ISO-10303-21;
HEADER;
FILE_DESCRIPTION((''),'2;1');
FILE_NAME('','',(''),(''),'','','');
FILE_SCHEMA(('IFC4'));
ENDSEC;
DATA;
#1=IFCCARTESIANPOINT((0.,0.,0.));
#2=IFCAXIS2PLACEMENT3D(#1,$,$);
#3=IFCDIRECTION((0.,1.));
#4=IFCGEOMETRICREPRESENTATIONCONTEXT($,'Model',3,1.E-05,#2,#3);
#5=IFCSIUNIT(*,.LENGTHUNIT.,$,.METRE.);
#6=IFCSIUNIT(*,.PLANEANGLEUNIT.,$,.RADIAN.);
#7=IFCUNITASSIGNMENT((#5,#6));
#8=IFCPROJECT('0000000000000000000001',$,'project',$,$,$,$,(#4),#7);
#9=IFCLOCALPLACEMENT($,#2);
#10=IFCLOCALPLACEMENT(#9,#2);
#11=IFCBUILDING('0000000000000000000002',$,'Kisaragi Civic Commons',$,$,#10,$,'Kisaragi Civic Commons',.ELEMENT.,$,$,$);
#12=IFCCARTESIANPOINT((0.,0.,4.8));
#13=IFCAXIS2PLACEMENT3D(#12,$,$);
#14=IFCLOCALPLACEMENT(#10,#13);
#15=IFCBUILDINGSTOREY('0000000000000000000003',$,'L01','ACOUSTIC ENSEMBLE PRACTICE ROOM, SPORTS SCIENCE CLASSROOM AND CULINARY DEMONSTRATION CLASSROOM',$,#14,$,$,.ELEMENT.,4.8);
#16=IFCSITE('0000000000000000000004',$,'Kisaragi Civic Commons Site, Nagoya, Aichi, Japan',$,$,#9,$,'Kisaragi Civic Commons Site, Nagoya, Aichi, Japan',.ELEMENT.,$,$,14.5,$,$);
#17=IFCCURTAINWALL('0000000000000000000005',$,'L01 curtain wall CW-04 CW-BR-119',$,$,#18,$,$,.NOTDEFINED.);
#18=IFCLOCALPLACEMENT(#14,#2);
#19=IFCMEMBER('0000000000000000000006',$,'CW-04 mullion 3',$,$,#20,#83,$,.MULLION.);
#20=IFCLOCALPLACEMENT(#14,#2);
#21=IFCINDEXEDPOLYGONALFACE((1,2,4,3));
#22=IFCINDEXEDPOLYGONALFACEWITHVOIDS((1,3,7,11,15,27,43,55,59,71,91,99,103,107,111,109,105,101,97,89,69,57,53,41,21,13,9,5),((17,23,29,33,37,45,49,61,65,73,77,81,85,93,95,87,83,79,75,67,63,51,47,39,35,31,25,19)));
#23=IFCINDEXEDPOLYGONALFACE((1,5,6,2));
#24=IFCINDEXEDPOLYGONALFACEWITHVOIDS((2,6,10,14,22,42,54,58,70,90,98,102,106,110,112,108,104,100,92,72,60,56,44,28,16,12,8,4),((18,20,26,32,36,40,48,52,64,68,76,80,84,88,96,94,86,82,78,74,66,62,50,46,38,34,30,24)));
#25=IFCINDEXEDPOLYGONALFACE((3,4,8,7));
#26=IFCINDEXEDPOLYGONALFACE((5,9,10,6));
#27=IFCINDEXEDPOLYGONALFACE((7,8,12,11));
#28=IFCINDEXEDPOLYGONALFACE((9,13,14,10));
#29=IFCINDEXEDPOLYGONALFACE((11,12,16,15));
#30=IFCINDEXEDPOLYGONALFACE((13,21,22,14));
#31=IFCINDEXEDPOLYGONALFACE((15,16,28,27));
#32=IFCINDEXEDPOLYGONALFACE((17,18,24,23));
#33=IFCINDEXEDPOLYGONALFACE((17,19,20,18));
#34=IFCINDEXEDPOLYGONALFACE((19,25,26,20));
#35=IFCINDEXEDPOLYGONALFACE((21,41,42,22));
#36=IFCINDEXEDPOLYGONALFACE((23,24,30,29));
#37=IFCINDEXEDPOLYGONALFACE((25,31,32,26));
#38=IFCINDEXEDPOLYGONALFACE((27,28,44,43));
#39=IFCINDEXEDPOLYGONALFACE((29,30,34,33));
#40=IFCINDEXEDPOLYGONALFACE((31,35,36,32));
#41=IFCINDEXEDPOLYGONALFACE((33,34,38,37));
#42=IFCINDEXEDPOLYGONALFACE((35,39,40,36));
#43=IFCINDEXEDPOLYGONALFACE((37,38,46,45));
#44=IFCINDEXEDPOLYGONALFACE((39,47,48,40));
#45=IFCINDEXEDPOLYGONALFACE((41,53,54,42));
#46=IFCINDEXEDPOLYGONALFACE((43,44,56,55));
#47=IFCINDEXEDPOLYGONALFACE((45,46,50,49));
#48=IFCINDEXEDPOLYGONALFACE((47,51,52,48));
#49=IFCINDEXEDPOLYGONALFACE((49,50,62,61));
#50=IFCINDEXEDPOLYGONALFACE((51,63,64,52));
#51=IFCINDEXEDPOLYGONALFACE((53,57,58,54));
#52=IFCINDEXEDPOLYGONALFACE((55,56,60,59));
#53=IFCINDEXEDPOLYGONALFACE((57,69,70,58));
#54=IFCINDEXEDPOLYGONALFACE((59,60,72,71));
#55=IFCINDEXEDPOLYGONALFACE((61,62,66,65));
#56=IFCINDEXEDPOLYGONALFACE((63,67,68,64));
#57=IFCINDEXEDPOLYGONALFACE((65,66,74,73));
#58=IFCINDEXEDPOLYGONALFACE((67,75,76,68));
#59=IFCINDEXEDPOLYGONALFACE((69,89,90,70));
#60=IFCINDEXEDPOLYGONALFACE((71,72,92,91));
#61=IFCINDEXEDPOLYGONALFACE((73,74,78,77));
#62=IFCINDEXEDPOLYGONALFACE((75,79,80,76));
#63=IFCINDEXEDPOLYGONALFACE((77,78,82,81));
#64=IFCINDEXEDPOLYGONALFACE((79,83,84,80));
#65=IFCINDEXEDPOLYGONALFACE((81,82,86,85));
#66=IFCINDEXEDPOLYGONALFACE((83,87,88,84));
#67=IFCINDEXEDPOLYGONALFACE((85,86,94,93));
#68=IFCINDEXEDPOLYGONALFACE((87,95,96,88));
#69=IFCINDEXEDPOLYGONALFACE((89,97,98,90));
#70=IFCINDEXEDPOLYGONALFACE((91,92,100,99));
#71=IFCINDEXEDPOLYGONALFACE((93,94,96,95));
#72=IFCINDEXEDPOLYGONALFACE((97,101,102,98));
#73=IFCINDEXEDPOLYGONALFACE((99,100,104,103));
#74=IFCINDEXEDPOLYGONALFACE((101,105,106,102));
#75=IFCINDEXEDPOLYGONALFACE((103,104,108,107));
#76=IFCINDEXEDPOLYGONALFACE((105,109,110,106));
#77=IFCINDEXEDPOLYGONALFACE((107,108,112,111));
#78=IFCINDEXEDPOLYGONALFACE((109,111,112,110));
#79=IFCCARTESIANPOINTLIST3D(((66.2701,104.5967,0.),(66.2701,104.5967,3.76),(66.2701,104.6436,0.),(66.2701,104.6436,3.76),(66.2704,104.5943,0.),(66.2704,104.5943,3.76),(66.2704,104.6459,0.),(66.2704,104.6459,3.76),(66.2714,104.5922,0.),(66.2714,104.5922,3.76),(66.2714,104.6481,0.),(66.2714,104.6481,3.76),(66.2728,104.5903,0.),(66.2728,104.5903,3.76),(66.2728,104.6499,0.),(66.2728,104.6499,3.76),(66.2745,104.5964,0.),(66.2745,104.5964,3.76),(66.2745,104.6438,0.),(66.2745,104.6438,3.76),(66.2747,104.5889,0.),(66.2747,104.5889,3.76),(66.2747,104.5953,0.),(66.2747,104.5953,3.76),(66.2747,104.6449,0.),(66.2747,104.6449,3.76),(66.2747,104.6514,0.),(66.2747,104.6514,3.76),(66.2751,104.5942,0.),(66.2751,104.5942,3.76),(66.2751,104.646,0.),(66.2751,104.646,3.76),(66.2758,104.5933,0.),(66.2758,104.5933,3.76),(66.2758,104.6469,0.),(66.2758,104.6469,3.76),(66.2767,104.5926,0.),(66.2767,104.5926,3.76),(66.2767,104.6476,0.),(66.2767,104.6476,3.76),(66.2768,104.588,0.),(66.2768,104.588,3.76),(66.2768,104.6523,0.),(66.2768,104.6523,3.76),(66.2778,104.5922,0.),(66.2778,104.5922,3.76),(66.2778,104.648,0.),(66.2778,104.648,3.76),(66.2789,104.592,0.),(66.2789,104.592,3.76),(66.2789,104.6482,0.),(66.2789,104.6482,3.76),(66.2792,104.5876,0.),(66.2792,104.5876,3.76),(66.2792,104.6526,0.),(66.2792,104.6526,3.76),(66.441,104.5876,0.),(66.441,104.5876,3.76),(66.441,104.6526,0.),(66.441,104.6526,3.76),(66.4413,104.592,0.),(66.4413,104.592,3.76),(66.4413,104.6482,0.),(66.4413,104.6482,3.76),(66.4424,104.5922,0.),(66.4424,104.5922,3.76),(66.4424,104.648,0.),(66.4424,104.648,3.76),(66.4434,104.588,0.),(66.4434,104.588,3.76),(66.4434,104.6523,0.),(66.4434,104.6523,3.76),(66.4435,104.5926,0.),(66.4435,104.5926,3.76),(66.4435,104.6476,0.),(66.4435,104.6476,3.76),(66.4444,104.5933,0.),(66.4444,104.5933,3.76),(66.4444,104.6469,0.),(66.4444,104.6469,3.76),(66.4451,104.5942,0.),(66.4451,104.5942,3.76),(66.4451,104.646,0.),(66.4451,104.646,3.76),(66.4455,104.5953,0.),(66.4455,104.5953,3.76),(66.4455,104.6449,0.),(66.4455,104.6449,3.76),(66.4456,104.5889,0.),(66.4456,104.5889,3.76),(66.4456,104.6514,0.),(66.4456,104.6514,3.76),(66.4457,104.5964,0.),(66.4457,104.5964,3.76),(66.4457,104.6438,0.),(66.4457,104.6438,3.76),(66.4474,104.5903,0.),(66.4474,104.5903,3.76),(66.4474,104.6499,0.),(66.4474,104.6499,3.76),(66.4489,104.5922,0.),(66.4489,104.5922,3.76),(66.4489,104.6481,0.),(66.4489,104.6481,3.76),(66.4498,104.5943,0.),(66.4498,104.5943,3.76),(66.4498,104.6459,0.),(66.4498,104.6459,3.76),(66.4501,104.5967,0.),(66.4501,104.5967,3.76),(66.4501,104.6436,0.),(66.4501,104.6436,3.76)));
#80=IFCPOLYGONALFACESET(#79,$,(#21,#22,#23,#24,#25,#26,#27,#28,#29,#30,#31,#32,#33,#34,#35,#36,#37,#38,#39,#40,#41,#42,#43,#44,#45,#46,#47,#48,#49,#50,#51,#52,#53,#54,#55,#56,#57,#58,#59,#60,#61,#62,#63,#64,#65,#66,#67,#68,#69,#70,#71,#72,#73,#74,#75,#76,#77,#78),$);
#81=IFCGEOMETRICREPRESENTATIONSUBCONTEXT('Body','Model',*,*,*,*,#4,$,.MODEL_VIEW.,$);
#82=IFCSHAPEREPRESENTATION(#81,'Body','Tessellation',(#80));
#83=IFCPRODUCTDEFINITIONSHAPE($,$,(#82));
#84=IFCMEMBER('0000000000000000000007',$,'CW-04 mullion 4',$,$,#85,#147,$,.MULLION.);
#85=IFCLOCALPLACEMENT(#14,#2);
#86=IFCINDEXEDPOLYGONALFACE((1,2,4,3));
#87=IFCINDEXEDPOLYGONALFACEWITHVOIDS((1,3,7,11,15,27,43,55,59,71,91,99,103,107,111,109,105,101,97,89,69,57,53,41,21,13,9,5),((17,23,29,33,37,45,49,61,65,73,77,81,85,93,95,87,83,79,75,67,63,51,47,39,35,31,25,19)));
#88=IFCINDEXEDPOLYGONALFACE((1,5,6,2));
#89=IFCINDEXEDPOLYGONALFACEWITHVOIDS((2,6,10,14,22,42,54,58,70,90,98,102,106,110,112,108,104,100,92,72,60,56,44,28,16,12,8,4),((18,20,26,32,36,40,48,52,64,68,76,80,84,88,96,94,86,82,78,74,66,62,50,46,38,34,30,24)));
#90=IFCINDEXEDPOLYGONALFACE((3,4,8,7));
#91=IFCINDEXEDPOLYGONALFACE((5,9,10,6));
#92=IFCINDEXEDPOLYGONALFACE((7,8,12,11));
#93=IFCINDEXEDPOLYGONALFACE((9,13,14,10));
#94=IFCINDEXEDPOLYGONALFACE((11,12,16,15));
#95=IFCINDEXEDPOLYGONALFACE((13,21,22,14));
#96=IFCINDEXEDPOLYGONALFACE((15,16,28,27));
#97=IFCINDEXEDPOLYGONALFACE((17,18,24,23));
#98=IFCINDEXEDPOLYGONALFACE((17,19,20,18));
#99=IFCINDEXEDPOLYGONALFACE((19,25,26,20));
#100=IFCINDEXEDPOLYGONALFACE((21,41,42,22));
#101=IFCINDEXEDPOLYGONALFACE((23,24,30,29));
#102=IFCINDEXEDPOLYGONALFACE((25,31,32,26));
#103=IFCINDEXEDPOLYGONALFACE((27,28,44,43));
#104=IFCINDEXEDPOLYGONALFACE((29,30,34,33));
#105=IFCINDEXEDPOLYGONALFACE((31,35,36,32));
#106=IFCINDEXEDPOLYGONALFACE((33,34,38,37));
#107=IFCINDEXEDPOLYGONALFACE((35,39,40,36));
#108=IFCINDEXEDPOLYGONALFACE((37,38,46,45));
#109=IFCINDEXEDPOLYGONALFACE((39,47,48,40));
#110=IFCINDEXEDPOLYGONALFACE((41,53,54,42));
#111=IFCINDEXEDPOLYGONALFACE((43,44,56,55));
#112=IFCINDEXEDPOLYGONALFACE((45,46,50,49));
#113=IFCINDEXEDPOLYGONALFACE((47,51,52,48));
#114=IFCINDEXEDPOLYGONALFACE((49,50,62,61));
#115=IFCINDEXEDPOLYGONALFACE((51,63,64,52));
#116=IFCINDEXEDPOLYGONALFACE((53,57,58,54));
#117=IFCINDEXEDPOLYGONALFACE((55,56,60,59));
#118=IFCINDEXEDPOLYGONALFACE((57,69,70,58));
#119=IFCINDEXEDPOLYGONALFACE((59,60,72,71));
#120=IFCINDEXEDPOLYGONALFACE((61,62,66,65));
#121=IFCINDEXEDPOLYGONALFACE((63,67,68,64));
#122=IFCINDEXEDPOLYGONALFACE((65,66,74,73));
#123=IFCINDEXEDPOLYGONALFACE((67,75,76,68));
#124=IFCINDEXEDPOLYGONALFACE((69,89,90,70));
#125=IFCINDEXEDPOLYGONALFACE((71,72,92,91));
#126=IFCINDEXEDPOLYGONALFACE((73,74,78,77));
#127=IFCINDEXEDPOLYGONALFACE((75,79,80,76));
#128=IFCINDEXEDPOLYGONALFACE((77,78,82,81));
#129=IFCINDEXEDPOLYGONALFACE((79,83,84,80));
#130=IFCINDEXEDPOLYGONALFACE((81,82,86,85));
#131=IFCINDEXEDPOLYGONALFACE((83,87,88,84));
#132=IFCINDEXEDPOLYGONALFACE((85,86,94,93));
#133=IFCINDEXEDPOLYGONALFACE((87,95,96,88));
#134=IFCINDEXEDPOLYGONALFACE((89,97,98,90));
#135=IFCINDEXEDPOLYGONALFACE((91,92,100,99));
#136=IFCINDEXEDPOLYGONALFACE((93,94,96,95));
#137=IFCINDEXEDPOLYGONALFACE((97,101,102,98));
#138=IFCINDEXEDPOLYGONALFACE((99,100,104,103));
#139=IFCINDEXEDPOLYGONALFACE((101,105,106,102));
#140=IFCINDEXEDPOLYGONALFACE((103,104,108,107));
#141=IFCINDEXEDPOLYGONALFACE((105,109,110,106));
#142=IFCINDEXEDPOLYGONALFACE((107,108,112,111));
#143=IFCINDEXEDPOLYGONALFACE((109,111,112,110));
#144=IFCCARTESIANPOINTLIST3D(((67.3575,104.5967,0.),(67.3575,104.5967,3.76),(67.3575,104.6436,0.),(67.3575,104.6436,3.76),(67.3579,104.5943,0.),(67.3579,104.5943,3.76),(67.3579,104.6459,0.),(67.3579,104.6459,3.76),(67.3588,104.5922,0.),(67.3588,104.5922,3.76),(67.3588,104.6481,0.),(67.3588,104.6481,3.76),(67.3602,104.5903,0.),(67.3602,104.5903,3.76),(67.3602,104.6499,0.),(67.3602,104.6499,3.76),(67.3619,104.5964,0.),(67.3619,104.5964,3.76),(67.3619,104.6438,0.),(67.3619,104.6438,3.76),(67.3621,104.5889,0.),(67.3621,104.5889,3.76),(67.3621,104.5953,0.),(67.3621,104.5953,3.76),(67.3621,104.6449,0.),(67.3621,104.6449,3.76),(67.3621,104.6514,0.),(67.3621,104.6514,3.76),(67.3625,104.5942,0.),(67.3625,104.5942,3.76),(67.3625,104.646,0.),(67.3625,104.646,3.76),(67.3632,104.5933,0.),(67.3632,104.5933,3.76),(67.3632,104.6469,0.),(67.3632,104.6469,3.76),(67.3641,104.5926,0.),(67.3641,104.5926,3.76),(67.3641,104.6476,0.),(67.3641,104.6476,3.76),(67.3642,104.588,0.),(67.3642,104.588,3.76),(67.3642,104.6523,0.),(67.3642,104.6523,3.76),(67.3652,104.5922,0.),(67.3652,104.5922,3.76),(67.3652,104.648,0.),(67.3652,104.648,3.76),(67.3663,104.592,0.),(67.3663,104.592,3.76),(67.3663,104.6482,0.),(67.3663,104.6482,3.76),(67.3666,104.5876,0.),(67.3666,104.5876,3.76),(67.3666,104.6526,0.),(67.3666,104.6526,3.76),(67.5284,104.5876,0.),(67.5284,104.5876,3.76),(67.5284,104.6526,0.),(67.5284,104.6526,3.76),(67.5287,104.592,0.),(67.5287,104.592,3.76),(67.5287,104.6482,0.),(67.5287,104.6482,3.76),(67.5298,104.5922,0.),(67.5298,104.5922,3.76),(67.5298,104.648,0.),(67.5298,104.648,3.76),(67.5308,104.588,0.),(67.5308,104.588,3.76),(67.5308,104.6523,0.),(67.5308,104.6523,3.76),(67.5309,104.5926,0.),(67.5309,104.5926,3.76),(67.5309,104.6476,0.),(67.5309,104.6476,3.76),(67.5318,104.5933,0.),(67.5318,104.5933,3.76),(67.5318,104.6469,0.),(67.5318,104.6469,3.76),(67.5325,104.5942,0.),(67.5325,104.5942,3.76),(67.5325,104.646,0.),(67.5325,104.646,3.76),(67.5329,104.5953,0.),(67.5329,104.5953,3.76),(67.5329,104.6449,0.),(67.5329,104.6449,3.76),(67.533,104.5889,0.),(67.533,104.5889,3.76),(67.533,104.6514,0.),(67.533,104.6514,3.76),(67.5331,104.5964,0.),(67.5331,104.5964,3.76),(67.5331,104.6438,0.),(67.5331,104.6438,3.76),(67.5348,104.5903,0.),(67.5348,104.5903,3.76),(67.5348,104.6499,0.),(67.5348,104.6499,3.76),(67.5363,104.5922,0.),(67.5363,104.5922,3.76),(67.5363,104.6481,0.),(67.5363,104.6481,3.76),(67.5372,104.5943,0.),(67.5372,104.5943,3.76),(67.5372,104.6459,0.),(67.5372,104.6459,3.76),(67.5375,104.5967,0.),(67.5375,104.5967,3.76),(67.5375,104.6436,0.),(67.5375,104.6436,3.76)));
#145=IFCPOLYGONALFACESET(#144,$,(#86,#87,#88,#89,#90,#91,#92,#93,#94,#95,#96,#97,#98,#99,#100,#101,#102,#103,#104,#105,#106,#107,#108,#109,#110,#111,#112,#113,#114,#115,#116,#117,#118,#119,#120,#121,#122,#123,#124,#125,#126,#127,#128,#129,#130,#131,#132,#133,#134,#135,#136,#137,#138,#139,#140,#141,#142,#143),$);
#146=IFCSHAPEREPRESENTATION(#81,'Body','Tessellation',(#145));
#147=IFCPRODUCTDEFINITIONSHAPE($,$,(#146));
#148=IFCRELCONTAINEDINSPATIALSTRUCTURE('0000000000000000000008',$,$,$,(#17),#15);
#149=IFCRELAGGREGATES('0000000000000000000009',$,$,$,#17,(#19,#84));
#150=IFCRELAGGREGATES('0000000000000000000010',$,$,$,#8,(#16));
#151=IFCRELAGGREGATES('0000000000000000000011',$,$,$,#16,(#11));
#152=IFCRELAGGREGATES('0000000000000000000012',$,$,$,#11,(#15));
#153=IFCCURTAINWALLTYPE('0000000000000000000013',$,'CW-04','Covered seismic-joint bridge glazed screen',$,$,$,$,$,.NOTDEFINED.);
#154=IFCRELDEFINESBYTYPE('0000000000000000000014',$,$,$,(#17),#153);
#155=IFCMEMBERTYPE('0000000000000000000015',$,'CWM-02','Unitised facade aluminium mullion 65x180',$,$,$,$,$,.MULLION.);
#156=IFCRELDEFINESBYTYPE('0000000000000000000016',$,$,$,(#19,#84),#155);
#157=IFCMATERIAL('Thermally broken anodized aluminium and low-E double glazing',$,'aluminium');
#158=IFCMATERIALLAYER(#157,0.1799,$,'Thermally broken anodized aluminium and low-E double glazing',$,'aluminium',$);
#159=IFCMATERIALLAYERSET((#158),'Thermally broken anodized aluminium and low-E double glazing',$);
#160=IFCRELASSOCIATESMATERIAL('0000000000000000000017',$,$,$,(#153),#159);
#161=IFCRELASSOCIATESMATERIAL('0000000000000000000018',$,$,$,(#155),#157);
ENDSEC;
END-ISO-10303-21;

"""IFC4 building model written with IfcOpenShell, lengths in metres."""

from ifc_helpers import new_model, si_unit, direction, frame, origin, origin_2d, place, context, subcontext, project, spatial, hollow_rectangle, extrude, material, layer, layer_set, material_profile, profile_set, type_object, element, aggregate, save


model = new_model("IFC4")

# Units and contexts
model_context = context("Model", 3, precision=1e-05, world=origin(), true_north=direction((0.0, 1.0)))
body_context = subcontext(model_context, "Body", "Model", "MODEL_VIEW")
ifc_project = project(units=[si_unit("LENGTHUNIT", "METRE"), si_unit("PLANEANGLEUNIT", "RADIAN")], contexts=[model_context])

# Site, building, storey
site_placement = place(None, origin())
site = spatial("IfcSite", under=ifc_project, at=site_placement, Name="Kisaragi Civic Commons Site, Nagoya, Aichi, Japan", LongName="Kisaragi Civic Commons Site, Nagoya, Aichi, Japan", CompositionType="ELEMENT", RefElevation=14.5)
building_placement = place(site_placement, origin())
building = spatial("IfcBuilding", under=site, at=building_placement, Name="Kisaragi Civic Commons", LongName="Kisaragi Civic Commons", CompositionType="ELEMENT")
storey_placement = place(building_placement, frame((0.0, 0.0, 4.8)))
storey = spatial("IfcBuildingStorey", under=building, at=storey_placement, Name="L01", Description="ACOUSTIC ENSEMBLE PRACTICE ROOM, SPORTS SCIENCE CLASSROOM AND CULINARY DEMONSTRATION CLASSROOM", CompositionType="ELEMENT", Elevation=4.8)

# Curtain wall, members
ifc_material_1 = material(Name="Thermally broken anodized aluminium and low-E double glazing", Category="aluminium")
ifc_layer_1 = layer(ifc_material_1, 0.1799, Name="Thermally broken anodized aluminium and low-E double glazing", Category="aluminium")
ifc_layer_set_1 = layer_set([ifc_layer_1], Name="Thermally broken anodized aluminium and low-E double glazing")
curtain_wall_type = type_object("IfcCurtainWallType", Name="CW-04", Description="Covered seismic-joint bridge glazed screen", PredefinedType="NOTDEFINED", material=ifc_layer_set_1)
curtain_wall_1_placement = place(storey_placement, origin())
curtain_wall_1 = element("IfcCurtainWall", 1, at=curtain_wall_1_placement, inside=storey, type_object=curtain_wall_type, Name="L01 curtain wall CW-04 CW-BR-119", PredefinedType="NOTDEFINED")
ifc_material_profile_1 = material_profile(ifc_material_1, hollow_rectangle(XDim=0.0649, YDim=0.1799, WallThickness=0.0044, InnerFilletRadius=0.0044, OuterFilletRadius=0.009, at=origin_2d()), Name="CWM-65x180x4.5", Category="aluminium")
ifc_profile_set_1 = profile_set([ifc_material_profile_1], Name="Thermally broken anodized aluminium and low-E double glazing")
member_type_1 = type_object("IfcMemberType", Name="CWM-02", Description="Unitised facade aluminium mullion 65x180", PredefinedType="MULLION", material=ifc_profile_set_1)
member_1_placement = place(storey_placement, frame((66.3601, 104.6201, 0.0), z_axis=(0.0, 0.0, 1.0), x_axis=(0.0, 1.0, 0.0)))
member_1 = element("IfcMember", 2, at=member_1_placement, type_object=member_type_1, Name="CW-04 mullion 3", PredefinedType="MULLION", context=body_context, shape_type="SweptSolid", body=[
    extrude(hollow_rectangle(XDim=0.0649, YDim=0.1799, WallThickness=0.0044, InnerFilletRadius=0.0044, OuterFilletRadius=0.009, at=origin_2d()), origin(), (0.0, 0.0, 1.0), 3.76),
])
member_2_placement = place(storey_placement, frame((67.4475, 104.6201, 0.0), z_axis=(0.0, 0.0, 1.0), x_axis=(0.0, 1.0, 0.0)))
member_2 = element("IfcMember", 3, at=member_2_placement, type_object=member_type_1, Name="CW-04 mullion 4", PredefinedType="MULLION", context=body_context, shape_type="SweptSolid", body=[
    extrude(hollow_rectangle(XDim=0.0649, YDim=0.1799, WallThickness=0.0044, InnerFilletRadius=0.0044, OuterFilletRadius=0.009, at=origin_2d()), origin(), (0.0, 0.0, 1.0), 3.76),
])

aggregate(curtain_wall_1, [member_1, member_2])

save(model, "model.ifc")
